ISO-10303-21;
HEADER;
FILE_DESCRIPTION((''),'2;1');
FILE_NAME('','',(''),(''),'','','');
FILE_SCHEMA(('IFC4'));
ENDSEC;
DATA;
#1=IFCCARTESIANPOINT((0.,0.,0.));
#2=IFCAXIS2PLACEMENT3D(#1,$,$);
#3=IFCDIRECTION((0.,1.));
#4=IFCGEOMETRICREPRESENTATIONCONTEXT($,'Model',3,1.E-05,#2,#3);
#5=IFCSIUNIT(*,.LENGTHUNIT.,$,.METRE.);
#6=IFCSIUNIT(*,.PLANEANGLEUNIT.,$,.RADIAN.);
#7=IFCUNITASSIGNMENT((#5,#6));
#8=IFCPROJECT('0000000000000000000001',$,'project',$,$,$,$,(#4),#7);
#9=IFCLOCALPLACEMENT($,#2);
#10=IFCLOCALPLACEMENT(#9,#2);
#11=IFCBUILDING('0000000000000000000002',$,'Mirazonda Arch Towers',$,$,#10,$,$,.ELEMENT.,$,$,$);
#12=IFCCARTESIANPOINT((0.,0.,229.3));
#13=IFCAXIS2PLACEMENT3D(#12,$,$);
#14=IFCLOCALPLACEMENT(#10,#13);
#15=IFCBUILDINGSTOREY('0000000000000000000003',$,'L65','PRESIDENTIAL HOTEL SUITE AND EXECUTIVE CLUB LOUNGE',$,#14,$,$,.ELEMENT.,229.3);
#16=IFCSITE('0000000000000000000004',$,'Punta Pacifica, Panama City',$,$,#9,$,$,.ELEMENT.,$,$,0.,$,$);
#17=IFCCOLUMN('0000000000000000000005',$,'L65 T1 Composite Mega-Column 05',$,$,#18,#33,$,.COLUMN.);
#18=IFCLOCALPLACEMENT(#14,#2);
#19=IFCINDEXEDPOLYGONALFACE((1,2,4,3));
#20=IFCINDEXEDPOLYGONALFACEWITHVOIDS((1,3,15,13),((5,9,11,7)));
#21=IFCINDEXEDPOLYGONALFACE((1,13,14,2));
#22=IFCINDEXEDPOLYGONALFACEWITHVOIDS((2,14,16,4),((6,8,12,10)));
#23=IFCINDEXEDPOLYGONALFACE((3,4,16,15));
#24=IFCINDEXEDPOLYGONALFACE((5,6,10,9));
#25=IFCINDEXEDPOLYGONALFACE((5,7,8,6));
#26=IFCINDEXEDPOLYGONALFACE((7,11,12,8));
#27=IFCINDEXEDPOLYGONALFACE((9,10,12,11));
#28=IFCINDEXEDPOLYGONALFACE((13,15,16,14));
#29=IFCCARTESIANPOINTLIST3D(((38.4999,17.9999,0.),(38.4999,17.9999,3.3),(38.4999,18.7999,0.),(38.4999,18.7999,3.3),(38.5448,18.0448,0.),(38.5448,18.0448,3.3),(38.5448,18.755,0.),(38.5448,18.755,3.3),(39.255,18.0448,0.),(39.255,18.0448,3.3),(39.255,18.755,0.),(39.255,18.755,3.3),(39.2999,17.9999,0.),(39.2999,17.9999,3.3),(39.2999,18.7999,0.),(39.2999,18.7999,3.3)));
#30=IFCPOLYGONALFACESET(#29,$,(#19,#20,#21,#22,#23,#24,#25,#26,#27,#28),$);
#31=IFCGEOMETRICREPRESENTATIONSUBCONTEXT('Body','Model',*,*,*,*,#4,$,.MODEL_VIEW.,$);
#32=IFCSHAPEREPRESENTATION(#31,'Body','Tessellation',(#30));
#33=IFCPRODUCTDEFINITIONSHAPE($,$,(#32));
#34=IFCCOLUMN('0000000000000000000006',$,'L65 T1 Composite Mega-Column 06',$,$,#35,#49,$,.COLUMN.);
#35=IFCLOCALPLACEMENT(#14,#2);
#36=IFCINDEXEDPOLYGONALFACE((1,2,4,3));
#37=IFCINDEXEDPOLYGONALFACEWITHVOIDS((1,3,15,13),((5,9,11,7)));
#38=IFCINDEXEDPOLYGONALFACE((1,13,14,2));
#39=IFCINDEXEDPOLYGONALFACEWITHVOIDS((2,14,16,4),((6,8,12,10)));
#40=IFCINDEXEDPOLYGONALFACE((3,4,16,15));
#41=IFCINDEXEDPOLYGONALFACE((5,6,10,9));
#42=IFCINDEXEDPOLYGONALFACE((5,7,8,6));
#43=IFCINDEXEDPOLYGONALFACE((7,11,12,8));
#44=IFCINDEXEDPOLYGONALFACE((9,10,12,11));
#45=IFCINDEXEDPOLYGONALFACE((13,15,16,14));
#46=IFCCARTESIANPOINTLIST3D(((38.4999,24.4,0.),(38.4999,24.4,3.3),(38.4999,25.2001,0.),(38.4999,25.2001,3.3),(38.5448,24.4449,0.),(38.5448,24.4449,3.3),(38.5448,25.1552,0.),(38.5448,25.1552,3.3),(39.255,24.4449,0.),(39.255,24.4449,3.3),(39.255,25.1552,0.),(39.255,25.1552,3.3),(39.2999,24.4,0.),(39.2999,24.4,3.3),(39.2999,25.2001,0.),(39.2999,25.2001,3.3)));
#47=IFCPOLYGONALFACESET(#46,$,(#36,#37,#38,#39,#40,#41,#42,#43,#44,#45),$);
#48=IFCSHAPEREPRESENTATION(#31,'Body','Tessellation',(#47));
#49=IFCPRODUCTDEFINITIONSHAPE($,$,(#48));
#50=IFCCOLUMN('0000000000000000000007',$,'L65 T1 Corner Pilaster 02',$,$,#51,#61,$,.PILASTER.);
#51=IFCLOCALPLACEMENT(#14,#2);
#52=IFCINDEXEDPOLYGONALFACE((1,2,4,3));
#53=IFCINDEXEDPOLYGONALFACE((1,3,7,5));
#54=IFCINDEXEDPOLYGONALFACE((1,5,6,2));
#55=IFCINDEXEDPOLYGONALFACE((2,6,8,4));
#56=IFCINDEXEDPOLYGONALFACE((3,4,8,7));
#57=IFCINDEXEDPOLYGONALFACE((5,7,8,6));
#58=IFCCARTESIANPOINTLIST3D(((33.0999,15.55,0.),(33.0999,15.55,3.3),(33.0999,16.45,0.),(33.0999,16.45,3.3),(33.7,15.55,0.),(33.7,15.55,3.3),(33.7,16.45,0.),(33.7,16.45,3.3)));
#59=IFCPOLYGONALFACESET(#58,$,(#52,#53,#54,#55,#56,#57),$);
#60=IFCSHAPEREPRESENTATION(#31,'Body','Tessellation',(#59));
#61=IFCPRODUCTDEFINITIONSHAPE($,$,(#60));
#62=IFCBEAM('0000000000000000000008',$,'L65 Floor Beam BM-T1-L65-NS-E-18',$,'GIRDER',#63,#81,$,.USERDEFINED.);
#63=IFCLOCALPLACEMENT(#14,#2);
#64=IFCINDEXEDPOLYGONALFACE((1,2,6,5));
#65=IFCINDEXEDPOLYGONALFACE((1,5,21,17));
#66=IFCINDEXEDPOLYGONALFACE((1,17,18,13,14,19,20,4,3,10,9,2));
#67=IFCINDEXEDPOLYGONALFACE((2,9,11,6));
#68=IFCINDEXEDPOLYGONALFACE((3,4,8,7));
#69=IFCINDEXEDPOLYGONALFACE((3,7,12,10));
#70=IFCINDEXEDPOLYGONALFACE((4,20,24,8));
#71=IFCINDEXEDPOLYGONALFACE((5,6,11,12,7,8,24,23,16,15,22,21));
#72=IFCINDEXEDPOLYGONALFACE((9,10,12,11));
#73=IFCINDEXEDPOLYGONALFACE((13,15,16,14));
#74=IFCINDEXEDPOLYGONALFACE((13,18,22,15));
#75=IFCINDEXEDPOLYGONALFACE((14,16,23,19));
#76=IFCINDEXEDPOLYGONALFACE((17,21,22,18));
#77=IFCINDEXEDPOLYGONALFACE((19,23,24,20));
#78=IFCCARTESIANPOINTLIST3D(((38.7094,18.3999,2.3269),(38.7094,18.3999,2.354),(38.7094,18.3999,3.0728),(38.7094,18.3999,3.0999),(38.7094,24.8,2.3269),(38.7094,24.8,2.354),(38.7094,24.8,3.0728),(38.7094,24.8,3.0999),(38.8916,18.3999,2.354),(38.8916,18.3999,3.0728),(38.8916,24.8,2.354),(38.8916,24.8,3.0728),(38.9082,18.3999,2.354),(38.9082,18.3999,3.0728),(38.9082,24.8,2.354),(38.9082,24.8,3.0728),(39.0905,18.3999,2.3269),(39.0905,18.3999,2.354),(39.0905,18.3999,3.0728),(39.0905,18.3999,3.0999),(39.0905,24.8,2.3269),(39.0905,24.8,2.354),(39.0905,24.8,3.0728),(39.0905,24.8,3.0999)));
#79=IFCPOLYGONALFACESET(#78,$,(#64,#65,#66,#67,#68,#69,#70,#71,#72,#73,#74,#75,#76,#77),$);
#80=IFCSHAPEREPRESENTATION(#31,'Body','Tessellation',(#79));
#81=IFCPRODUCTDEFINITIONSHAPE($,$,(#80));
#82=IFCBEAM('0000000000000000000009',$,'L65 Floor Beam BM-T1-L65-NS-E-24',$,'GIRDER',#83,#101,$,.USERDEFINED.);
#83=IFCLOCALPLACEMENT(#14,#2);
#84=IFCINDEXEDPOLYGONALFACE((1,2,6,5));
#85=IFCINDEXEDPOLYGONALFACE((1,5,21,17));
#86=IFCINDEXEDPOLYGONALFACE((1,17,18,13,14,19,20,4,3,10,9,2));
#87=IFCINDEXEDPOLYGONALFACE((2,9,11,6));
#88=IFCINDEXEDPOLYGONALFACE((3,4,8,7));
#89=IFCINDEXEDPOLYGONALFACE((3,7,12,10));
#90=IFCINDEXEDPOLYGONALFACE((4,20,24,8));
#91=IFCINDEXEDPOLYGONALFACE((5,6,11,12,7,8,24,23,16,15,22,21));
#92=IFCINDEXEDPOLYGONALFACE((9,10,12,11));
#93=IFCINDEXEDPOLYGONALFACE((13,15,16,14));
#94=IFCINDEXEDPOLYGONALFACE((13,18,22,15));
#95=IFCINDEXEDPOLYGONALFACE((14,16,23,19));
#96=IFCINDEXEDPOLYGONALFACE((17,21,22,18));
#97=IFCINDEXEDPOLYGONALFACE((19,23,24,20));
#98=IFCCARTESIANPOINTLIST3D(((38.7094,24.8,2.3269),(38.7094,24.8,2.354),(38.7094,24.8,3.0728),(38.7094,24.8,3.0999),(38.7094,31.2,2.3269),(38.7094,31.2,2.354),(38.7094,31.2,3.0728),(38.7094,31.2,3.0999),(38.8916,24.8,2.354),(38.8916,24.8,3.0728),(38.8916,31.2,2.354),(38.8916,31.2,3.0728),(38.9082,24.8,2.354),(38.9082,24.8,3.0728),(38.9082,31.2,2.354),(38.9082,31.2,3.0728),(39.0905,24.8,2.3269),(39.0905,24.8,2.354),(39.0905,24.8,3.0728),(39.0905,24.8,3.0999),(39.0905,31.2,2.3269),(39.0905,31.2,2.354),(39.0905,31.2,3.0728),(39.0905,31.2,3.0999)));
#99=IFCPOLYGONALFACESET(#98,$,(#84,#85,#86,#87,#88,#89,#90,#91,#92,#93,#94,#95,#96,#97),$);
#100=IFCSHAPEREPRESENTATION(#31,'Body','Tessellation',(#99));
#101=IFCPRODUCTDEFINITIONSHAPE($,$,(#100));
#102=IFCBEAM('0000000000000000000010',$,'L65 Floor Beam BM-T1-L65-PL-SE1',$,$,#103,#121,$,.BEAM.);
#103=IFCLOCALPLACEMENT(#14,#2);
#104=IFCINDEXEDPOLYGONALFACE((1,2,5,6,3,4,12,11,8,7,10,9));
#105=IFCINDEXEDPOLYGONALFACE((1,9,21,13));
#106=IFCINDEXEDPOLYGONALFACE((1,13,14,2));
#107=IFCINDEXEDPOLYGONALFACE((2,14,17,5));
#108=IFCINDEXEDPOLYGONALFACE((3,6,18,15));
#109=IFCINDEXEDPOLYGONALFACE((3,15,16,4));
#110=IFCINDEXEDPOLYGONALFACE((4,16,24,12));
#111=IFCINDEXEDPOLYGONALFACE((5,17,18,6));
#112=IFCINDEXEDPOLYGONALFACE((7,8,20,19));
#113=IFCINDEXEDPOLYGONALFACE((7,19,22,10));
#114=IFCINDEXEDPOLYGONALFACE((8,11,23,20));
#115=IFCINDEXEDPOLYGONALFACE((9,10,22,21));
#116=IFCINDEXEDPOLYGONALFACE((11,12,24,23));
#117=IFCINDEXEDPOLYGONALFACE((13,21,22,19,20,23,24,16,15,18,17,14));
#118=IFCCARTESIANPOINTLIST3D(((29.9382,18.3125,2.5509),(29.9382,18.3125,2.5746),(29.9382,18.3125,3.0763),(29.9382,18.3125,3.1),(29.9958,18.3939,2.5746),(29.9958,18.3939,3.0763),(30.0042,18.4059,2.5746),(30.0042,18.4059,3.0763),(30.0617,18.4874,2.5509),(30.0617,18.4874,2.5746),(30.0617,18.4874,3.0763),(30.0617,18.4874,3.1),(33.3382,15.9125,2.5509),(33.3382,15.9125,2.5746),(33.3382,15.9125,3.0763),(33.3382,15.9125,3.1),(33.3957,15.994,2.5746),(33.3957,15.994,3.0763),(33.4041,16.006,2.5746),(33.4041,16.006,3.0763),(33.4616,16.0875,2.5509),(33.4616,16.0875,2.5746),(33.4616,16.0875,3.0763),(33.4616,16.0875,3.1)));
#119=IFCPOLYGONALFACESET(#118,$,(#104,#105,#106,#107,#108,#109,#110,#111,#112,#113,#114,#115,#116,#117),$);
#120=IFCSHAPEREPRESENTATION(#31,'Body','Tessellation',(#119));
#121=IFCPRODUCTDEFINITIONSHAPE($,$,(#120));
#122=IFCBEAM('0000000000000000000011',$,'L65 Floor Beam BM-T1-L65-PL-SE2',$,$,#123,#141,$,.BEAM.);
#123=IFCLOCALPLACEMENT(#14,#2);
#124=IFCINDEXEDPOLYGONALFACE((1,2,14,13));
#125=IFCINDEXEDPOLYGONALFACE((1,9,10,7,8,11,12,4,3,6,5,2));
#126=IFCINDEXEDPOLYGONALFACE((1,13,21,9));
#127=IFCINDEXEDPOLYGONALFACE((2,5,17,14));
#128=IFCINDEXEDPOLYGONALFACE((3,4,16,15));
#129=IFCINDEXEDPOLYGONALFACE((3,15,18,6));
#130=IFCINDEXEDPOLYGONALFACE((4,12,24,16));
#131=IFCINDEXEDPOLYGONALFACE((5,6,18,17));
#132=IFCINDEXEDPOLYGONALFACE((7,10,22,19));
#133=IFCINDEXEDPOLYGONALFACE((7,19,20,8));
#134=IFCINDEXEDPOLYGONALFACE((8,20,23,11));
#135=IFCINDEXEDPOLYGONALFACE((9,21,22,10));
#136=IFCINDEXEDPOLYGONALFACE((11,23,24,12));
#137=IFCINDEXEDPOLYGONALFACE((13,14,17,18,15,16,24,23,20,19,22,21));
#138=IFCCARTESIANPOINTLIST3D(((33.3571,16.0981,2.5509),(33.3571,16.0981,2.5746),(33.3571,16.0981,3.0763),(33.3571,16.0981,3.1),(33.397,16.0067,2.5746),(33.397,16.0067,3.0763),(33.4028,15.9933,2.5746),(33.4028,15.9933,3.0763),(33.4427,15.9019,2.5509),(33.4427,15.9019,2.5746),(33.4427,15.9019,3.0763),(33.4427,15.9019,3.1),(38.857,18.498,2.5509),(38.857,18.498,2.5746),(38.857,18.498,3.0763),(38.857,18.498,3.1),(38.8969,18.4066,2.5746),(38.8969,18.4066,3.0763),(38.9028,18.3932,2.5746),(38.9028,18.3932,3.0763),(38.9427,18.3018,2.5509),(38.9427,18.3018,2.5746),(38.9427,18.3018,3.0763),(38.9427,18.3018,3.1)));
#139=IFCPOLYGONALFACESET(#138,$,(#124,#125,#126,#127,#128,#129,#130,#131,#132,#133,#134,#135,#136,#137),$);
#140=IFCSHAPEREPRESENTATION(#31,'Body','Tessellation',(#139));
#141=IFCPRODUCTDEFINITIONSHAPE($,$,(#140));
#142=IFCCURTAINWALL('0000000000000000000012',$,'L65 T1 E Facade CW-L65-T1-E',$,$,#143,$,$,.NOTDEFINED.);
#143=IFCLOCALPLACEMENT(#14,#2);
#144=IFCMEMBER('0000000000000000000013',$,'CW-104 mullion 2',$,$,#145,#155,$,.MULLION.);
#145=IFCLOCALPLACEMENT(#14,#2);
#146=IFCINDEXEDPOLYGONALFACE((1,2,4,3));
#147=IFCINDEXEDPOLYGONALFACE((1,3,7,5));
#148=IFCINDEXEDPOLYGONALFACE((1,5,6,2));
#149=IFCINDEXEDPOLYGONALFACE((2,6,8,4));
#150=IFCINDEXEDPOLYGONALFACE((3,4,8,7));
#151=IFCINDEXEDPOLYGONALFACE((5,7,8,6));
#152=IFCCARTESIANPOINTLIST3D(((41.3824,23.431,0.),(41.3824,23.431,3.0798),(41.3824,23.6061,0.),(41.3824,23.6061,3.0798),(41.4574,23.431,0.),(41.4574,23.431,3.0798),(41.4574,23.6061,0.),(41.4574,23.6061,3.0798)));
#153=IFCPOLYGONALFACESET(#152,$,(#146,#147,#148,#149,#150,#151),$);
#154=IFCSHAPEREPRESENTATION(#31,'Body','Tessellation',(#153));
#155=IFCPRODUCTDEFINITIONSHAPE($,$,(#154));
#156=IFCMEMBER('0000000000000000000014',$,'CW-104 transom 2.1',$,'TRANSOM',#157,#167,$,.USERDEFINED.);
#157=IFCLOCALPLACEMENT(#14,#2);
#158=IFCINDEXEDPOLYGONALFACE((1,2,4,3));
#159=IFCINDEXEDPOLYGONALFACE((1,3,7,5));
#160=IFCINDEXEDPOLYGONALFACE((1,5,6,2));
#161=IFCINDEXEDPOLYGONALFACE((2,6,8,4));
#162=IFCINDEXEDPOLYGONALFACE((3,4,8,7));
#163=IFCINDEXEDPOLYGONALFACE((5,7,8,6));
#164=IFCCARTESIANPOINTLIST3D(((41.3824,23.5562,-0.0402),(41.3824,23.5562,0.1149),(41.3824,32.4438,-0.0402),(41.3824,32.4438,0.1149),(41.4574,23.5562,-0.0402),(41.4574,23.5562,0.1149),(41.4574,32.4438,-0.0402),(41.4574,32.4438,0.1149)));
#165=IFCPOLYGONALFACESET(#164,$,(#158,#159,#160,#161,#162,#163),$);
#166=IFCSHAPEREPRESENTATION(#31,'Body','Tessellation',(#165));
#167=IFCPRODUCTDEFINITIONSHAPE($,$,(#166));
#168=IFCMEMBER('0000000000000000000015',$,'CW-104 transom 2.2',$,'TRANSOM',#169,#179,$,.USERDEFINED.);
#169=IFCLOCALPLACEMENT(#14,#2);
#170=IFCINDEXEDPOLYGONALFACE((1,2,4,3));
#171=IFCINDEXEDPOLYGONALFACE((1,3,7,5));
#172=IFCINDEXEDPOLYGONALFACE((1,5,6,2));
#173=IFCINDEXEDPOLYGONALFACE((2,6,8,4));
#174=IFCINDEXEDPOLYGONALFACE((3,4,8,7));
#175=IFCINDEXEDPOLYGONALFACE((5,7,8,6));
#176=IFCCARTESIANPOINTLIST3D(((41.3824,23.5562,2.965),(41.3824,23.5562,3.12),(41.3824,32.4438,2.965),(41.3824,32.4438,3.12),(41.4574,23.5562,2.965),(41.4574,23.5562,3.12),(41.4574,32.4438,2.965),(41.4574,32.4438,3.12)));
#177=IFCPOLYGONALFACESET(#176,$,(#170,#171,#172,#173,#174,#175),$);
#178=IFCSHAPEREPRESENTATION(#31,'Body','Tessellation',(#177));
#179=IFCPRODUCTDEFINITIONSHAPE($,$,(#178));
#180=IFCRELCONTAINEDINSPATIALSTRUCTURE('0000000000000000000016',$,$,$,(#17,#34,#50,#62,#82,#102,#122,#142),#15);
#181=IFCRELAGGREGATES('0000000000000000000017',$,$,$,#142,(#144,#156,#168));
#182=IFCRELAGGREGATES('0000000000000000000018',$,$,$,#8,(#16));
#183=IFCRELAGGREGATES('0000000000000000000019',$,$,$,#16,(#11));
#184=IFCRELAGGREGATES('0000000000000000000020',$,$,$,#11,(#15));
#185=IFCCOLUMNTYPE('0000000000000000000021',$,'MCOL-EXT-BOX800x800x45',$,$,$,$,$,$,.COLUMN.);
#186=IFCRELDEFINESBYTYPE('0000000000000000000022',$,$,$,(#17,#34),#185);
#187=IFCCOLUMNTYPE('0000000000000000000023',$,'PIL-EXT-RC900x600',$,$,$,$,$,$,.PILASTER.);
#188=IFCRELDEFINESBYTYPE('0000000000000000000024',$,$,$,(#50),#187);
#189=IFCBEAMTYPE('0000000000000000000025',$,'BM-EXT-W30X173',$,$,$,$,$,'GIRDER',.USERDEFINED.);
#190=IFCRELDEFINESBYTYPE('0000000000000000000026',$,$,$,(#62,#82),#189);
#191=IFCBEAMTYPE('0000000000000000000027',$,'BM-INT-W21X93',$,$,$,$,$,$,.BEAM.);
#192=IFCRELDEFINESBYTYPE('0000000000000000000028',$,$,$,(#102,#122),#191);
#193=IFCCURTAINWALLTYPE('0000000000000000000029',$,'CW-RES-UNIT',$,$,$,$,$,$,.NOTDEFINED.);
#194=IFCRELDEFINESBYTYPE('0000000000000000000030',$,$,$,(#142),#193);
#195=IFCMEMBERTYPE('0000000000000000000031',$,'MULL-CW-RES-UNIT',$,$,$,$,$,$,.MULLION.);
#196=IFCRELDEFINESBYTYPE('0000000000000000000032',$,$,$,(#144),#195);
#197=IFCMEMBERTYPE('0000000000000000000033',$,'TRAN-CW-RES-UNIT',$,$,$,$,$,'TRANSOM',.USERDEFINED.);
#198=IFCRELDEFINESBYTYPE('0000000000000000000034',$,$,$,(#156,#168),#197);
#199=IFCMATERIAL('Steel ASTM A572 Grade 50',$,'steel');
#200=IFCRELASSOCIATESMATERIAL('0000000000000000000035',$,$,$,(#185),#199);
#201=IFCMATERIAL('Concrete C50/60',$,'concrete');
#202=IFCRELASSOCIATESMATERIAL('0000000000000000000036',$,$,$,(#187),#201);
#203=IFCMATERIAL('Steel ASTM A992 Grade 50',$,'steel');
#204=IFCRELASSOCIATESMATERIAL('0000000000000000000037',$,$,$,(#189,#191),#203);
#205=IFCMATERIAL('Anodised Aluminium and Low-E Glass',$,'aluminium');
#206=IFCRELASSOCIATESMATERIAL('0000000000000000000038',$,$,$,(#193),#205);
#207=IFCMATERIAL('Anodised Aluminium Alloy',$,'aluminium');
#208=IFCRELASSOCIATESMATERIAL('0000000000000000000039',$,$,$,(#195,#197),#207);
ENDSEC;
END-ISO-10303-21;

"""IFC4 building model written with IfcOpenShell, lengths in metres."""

from ifc_helpers import new_model, si_unit, direction, frame, origin, origin_2d, place, context, subcontext, project, spatial, rectangle, hollow_rectangle, i_section, extrude, material, material_profile, profile_set, type_object, element, aggregate, save


model = new_model("IFC4")

# Units and contexts
model_context = context("Model", 3, precision=1e-05, world=origin(), true_north=direction((0.0, 1.0)))
body_context = subcontext(model_context, "Body", "Model", "MODEL_VIEW")
ifc_project = project(units=[si_unit("LENGTHUNIT", "METRE"), si_unit("PLANEANGLEUNIT", "RADIAN")], contexts=[model_context])

# Site, building, storey
site_placement = place(None, origin())
site = spatial("IfcSite", under=ifc_project, at=site_placement, Name="Punta Pacifica, Panama City", CompositionType="ELEMENT", RefElevation=0.0)
building_placement = place(site_placement, origin())
building = spatial("IfcBuilding", under=site, at=building_placement, Name="Mirazonda Arch Towers", CompositionType="ELEMENT")
storey_placement = place(building_placement, frame((0.0, 0.0, 229.3)))
storey = spatial("IfcBuildingStorey", under=building, at=storey_placement, Name="L65", Description="PRESIDENTIAL HOTEL SUITE AND EXECUTIVE CLUB LOUNGE", CompositionType="ELEMENT", Elevation=229.3)

# Columns
ifc_material_1 = material(Name="Steel ASTM A572 Grade 50", Category="steel")
ifc_material_profile_1 = material_profile(ifc_material_1, hollow_rectangle(XDim=0.8, YDim=0.8, WallThickness=0.0449, at=origin_2d()), Name="BOX800x800x45")
ifc_profile_set_1 = profile_set([ifc_material_profile_1], Name="Steel ASTM A572 Grade 50")
column_type_1 = type_object("IfcColumnType", Name="MCOL-EXT-BOX800x800x45", PredefinedType="COLUMN", material=ifc_profile_set_1)
for number, where, z_axis, x_axis, name in (
    (1, (38.8999, 18.3999, 0.0), (0.0, 0.0, 1.0), (1.0, 0.0, 0.0), "L65 T1 Composite Mega-Column 05"),
    (2, (38.8999, 24.8, 0.0), (0.0, 0.0, 1.0), (1.0, 0.0, 0.0), "L65 T1 Composite Mega-Column 06"),
):
    element("IfcColumn", number, at=place(storey_placement, frame(where, z_axis=z_axis, x_axis=x_axis)), inside=storey, type_object=column_type_1, Name=name, PredefinedType="COLUMN", context=body_context, shape_type="SweptSolid", body=[
        extrude(hollow_rectangle(XDim=0.8, YDim=0.8, WallThickness=0.0449, at=origin_2d()), origin(), (0.0, 0.0, 1.0), 3.3),
    ])
ifc_material_2 = material(Name="Concrete C50/60", Category="concrete")
ifc_material_profile_2 = material_profile(ifc_material_2, rectangle(XDim=0.6001, YDim=0.8999, at=origin_2d()), Name="RC900x600")
ifc_profile_set_2 = profile_set([ifc_material_profile_2], Name="Concrete C50/60")
column_type_2 = type_object("IfcColumnType", Name="PIL-EXT-RC900x600", PredefinedType="PILASTER", material=ifc_profile_set_2)
column_placement = place(storey_placement, frame((33.3999, 16.0, 0.0), z_axis=(0.0, 0.0, 1.0), x_axis=(1.0, 0.0, 0.0)))
element("IfcColumn", 3, at=column_placement, inside=storey, type_object=column_type_2, Name="L65 T1 Corner Pilaster 02", PredefinedType="PILASTER", context=body_context, shape_type="SweptSolid", body=[
    extrude(rectangle(XDim=0.6001, YDim=0.8999, at=origin_2d()), origin(), (0.0, 0.0, 1.0), 3.3),
])

# Beams
ifc_material_3 = material(Name="Steel ASTM A992 Grade 50", Category="steel")
ifc_material_profile_3 = material_profile(ifc_material_3, i_section(OverallWidth=0.3811, OverallDepth=0.7729, WebThickness=0.0166, FlangeThickness=0.0271, at=origin_2d()), Name="W30X173")
ifc_profile_set_3 = profile_set([ifc_material_profile_3], Name="Steel ASTM A992 Grade 50")
beam_type_1 = type_object("IfcBeamType", Name="BM-EXT-W30X173", ElementType="GIRDER", PredefinedType="USERDEFINED", material=ifc_profile_set_3)
beam_1_placement = place(storey_placement, frame((38.8999, 18.3999, 2.7134), z_axis=(0.0, 1.0, 0.0), x_axis=(-1.0, 0.0, 0.0)))
element("IfcBeam", 4, at=beam_1_placement, inside=storey, type_object=beam_type_1, Name="L65 Floor Beam BM-T1-L65-NS-E-18", ObjectType="GIRDER", PredefinedType="USERDEFINED", context=body_context, shape_type="SweptSolid", body=[
    extrude(i_section(OverallWidth=0.3811, OverallDepth=0.7729, WebThickness=0.0166, FlangeThickness=0.0271, at=origin_2d()), origin(), (0.0, 0.0, 1.0), 6.4001),
])
beam_2_placement = place(storey_placement, frame((38.8999, 24.8, 2.7134), z_axis=(0.0, 1.0, 0.0), x_axis=(-1.0, 0.0, 0.0)))
element("IfcBeam", 5, at=beam_2_placement, inside=storey, type_object=beam_type_1, Name="L65 Floor Beam BM-T1-L65-NS-E-24", ObjectType="GIRDER", PredefinedType="USERDEFINED", context=body_context, shape_type="SweptSolid", body=[
    extrude(i_section(OverallWidth=0.3811, OverallDepth=0.7729, WebThickness=0.0166, FlangeThickness=0.0271, at=origin_2d()), origin(), (0.0, 0.0, 1.0), 6.3999),
])
ifc_material_profile_4 = material_profile(ifc_material_3, i_section(OverallWidth=0.2141, OverallDepth=0.5491, WebThickness=0.0146, FlangeThickness=0.0237, at=origin_2d()), Name="W21X93")
ifc_profile_set_4 = profile_set([ifc_material_profile_4], Name="Steel ASTM A992 Grade 50")
beam_type_2 = type_object("IfcBeamType", Name="BM-INT-W21X93", PredefinedType="BEAM", material=ifc_profile_set_4)
beam_3_placement = place(storey_placement, frame((33.3999, 16.0, 2.8254), z_axis=(-0.816971, 0.576679, 0.0), x_axis=(-0.576679, -0.816971, 0.0)))
element("IfcBeam", 6, at=beam_3_placement, inside=storey, type_object=beam_type_2, Name="L65 Floor Beam BM-T1-L65-PL-SE1", PredefinedType="BEAM", context=body_context, shape_type="SweptSolid", body=[
    extrude(i_section(OverallWidth=0.2141, OverallDepth=0.5491, WebThickness=0.0146, FlangeThickness=0.0237, at=origin_2d()), origin(), (0.0, 0.0, 1.0), 4.1616),
])
beam_4_placement = place(storey_placement, frame((33.3999, 16.0, 2.8254), z_axis=(0.916545, 0.399931, 0.0), x_axis=(-0.399931, 0.916545, 0.0)))
element("IfcBeam", 7, at=beam_4_placement, inside=storey, type_object=beam_type_2, Name="L65 Floor Beam BM-T1-L65-PL-SE2", PredefinedType="BEAM", context=body_context, shape_type="SweptSolid", body=[
    extrude(i_section(OverallWidth=0.2141, OverallDepth=0.5491, WebThickness=0.0146, FlangeThickness=0.0237, at=origin_2d()), origin(), (0.0, 0.0, 1.0), 6.0007),
])

# Curtain wall, members
ifc_material_4 = material(Name="Anodised Aluminium and Low-E Glass", Category="aluminium")
curtain_wall_type = type_object("IfcCurtainWallType", Name="CW-RES-UNIT", PredefinedType="NOTDEFINED", material=ifc_material_4)
curtain_wall_placement = place(storey_placement, origin())
curtain_wall = element("IfcCurtainWall", 8, at=curtain_wall_placement, inside=storey, type_object=curtain_wall_type, Name="L65 T1 E Facade CW-L65-T1-E", PredefinedType="NOTDEFINED")
ifc_material_5 = material(Name="Anodised Aluminium Alloy", Category="aluminium")
ifc_material_profile_5 = material_profile(ifc_material_5, rectangle(XDim=0.075, YDim=0.175, at=origin_2d()), Name="ALU-MULL-75x175")
ifc_profile_set_5 = profile_set([ifc_material_profile_5], Name="Anodised Aluminium Alloy")
member_type_1 = type_object("IfcMemberType", Name="MULL-CW-RES-UNIT", PredefinedType="MULLION", material=ifc_profile_set_5)
member_1_placement = place(storey_placement, frame((41.4199, 23.5186, 0.0), z_axis=(0.0, 0.0, 1.0), x_axis=(-1.0, 0.0, 0.0)))
member_1 = element("IfcMember", 9, at=member_1_placement, type_object=member_type_1, Name="CW-104 mullion 2", PredefinedType="MULLION", context=body_context, shape_type="SweptSolid", body=[
    extrude(rectangle(XDim=0.075, YDim=0.175, at=origin_2d()), origin(), (0.0, 0.0, 1.0), 3.0798),
])
ifc_material_profile_6 = material_profile(ifc_material_5, rectangle(XDim=0.075, YDim=0.155, at=origin_2d()), Name="ALU-TRAN-75x155")
ifc_profile_set_6 = profile_set([ifc_material_profile_6], Name="Anodised Aluminium Alloy")
member_type_2 = type_object("IfcMemberType", Name="TRAN-CW-RES-UNIT", ElementType="TRANSOM", PredefinedType="USERDEFINED", material=ifc_profile_set_6)
member_2_placement = place(storey_placement, frame((41.4199, 23.5562, 0.0374), z_axis=(0.0, 1.0, 0.0), x_axis=(-1.0, 0.0, 0.0)))
member_2 = element("IfcMember", 10, at=member_2_placement, type_object=member_type_2, Name="CW-104 transom 2.1", ObjectType="TRANSOM", PredefinedType="USERDEFINED", context=body_context, shape_type="SweptSolid", body=[
    extrude(rectangle(XDim=0.075, YDim=0.155, at=origin_2d()), origin(), (0.0, 0.0, 1.0), 8.8877),
])
member_3_placement = place(storey_placement, frame((41.4199, 23.5562, 3.0425), z_axis=(0.0, 1.0, 0.0), x_axis=(-1.0, 0.0, 0.0)))
member_3 = element("IfcMember", 11, at=member_3_placement, type_object=member_type_2, Name="CW-104 transom 2.2", ObjectType="TRANSOM", PredefinedType="USERDEFINED", context=body_context, shape_type="SweptSolid", body=[
    extrude(rectangle(XDim=0.075, YDim=0.155, at=origin_2d()), origin(), (0.0, 0.0, 1.0), 8.8877),
])
aggregate(curtain_wall, [member_1, member_2, member_3])

save(model, "model.ifc")
